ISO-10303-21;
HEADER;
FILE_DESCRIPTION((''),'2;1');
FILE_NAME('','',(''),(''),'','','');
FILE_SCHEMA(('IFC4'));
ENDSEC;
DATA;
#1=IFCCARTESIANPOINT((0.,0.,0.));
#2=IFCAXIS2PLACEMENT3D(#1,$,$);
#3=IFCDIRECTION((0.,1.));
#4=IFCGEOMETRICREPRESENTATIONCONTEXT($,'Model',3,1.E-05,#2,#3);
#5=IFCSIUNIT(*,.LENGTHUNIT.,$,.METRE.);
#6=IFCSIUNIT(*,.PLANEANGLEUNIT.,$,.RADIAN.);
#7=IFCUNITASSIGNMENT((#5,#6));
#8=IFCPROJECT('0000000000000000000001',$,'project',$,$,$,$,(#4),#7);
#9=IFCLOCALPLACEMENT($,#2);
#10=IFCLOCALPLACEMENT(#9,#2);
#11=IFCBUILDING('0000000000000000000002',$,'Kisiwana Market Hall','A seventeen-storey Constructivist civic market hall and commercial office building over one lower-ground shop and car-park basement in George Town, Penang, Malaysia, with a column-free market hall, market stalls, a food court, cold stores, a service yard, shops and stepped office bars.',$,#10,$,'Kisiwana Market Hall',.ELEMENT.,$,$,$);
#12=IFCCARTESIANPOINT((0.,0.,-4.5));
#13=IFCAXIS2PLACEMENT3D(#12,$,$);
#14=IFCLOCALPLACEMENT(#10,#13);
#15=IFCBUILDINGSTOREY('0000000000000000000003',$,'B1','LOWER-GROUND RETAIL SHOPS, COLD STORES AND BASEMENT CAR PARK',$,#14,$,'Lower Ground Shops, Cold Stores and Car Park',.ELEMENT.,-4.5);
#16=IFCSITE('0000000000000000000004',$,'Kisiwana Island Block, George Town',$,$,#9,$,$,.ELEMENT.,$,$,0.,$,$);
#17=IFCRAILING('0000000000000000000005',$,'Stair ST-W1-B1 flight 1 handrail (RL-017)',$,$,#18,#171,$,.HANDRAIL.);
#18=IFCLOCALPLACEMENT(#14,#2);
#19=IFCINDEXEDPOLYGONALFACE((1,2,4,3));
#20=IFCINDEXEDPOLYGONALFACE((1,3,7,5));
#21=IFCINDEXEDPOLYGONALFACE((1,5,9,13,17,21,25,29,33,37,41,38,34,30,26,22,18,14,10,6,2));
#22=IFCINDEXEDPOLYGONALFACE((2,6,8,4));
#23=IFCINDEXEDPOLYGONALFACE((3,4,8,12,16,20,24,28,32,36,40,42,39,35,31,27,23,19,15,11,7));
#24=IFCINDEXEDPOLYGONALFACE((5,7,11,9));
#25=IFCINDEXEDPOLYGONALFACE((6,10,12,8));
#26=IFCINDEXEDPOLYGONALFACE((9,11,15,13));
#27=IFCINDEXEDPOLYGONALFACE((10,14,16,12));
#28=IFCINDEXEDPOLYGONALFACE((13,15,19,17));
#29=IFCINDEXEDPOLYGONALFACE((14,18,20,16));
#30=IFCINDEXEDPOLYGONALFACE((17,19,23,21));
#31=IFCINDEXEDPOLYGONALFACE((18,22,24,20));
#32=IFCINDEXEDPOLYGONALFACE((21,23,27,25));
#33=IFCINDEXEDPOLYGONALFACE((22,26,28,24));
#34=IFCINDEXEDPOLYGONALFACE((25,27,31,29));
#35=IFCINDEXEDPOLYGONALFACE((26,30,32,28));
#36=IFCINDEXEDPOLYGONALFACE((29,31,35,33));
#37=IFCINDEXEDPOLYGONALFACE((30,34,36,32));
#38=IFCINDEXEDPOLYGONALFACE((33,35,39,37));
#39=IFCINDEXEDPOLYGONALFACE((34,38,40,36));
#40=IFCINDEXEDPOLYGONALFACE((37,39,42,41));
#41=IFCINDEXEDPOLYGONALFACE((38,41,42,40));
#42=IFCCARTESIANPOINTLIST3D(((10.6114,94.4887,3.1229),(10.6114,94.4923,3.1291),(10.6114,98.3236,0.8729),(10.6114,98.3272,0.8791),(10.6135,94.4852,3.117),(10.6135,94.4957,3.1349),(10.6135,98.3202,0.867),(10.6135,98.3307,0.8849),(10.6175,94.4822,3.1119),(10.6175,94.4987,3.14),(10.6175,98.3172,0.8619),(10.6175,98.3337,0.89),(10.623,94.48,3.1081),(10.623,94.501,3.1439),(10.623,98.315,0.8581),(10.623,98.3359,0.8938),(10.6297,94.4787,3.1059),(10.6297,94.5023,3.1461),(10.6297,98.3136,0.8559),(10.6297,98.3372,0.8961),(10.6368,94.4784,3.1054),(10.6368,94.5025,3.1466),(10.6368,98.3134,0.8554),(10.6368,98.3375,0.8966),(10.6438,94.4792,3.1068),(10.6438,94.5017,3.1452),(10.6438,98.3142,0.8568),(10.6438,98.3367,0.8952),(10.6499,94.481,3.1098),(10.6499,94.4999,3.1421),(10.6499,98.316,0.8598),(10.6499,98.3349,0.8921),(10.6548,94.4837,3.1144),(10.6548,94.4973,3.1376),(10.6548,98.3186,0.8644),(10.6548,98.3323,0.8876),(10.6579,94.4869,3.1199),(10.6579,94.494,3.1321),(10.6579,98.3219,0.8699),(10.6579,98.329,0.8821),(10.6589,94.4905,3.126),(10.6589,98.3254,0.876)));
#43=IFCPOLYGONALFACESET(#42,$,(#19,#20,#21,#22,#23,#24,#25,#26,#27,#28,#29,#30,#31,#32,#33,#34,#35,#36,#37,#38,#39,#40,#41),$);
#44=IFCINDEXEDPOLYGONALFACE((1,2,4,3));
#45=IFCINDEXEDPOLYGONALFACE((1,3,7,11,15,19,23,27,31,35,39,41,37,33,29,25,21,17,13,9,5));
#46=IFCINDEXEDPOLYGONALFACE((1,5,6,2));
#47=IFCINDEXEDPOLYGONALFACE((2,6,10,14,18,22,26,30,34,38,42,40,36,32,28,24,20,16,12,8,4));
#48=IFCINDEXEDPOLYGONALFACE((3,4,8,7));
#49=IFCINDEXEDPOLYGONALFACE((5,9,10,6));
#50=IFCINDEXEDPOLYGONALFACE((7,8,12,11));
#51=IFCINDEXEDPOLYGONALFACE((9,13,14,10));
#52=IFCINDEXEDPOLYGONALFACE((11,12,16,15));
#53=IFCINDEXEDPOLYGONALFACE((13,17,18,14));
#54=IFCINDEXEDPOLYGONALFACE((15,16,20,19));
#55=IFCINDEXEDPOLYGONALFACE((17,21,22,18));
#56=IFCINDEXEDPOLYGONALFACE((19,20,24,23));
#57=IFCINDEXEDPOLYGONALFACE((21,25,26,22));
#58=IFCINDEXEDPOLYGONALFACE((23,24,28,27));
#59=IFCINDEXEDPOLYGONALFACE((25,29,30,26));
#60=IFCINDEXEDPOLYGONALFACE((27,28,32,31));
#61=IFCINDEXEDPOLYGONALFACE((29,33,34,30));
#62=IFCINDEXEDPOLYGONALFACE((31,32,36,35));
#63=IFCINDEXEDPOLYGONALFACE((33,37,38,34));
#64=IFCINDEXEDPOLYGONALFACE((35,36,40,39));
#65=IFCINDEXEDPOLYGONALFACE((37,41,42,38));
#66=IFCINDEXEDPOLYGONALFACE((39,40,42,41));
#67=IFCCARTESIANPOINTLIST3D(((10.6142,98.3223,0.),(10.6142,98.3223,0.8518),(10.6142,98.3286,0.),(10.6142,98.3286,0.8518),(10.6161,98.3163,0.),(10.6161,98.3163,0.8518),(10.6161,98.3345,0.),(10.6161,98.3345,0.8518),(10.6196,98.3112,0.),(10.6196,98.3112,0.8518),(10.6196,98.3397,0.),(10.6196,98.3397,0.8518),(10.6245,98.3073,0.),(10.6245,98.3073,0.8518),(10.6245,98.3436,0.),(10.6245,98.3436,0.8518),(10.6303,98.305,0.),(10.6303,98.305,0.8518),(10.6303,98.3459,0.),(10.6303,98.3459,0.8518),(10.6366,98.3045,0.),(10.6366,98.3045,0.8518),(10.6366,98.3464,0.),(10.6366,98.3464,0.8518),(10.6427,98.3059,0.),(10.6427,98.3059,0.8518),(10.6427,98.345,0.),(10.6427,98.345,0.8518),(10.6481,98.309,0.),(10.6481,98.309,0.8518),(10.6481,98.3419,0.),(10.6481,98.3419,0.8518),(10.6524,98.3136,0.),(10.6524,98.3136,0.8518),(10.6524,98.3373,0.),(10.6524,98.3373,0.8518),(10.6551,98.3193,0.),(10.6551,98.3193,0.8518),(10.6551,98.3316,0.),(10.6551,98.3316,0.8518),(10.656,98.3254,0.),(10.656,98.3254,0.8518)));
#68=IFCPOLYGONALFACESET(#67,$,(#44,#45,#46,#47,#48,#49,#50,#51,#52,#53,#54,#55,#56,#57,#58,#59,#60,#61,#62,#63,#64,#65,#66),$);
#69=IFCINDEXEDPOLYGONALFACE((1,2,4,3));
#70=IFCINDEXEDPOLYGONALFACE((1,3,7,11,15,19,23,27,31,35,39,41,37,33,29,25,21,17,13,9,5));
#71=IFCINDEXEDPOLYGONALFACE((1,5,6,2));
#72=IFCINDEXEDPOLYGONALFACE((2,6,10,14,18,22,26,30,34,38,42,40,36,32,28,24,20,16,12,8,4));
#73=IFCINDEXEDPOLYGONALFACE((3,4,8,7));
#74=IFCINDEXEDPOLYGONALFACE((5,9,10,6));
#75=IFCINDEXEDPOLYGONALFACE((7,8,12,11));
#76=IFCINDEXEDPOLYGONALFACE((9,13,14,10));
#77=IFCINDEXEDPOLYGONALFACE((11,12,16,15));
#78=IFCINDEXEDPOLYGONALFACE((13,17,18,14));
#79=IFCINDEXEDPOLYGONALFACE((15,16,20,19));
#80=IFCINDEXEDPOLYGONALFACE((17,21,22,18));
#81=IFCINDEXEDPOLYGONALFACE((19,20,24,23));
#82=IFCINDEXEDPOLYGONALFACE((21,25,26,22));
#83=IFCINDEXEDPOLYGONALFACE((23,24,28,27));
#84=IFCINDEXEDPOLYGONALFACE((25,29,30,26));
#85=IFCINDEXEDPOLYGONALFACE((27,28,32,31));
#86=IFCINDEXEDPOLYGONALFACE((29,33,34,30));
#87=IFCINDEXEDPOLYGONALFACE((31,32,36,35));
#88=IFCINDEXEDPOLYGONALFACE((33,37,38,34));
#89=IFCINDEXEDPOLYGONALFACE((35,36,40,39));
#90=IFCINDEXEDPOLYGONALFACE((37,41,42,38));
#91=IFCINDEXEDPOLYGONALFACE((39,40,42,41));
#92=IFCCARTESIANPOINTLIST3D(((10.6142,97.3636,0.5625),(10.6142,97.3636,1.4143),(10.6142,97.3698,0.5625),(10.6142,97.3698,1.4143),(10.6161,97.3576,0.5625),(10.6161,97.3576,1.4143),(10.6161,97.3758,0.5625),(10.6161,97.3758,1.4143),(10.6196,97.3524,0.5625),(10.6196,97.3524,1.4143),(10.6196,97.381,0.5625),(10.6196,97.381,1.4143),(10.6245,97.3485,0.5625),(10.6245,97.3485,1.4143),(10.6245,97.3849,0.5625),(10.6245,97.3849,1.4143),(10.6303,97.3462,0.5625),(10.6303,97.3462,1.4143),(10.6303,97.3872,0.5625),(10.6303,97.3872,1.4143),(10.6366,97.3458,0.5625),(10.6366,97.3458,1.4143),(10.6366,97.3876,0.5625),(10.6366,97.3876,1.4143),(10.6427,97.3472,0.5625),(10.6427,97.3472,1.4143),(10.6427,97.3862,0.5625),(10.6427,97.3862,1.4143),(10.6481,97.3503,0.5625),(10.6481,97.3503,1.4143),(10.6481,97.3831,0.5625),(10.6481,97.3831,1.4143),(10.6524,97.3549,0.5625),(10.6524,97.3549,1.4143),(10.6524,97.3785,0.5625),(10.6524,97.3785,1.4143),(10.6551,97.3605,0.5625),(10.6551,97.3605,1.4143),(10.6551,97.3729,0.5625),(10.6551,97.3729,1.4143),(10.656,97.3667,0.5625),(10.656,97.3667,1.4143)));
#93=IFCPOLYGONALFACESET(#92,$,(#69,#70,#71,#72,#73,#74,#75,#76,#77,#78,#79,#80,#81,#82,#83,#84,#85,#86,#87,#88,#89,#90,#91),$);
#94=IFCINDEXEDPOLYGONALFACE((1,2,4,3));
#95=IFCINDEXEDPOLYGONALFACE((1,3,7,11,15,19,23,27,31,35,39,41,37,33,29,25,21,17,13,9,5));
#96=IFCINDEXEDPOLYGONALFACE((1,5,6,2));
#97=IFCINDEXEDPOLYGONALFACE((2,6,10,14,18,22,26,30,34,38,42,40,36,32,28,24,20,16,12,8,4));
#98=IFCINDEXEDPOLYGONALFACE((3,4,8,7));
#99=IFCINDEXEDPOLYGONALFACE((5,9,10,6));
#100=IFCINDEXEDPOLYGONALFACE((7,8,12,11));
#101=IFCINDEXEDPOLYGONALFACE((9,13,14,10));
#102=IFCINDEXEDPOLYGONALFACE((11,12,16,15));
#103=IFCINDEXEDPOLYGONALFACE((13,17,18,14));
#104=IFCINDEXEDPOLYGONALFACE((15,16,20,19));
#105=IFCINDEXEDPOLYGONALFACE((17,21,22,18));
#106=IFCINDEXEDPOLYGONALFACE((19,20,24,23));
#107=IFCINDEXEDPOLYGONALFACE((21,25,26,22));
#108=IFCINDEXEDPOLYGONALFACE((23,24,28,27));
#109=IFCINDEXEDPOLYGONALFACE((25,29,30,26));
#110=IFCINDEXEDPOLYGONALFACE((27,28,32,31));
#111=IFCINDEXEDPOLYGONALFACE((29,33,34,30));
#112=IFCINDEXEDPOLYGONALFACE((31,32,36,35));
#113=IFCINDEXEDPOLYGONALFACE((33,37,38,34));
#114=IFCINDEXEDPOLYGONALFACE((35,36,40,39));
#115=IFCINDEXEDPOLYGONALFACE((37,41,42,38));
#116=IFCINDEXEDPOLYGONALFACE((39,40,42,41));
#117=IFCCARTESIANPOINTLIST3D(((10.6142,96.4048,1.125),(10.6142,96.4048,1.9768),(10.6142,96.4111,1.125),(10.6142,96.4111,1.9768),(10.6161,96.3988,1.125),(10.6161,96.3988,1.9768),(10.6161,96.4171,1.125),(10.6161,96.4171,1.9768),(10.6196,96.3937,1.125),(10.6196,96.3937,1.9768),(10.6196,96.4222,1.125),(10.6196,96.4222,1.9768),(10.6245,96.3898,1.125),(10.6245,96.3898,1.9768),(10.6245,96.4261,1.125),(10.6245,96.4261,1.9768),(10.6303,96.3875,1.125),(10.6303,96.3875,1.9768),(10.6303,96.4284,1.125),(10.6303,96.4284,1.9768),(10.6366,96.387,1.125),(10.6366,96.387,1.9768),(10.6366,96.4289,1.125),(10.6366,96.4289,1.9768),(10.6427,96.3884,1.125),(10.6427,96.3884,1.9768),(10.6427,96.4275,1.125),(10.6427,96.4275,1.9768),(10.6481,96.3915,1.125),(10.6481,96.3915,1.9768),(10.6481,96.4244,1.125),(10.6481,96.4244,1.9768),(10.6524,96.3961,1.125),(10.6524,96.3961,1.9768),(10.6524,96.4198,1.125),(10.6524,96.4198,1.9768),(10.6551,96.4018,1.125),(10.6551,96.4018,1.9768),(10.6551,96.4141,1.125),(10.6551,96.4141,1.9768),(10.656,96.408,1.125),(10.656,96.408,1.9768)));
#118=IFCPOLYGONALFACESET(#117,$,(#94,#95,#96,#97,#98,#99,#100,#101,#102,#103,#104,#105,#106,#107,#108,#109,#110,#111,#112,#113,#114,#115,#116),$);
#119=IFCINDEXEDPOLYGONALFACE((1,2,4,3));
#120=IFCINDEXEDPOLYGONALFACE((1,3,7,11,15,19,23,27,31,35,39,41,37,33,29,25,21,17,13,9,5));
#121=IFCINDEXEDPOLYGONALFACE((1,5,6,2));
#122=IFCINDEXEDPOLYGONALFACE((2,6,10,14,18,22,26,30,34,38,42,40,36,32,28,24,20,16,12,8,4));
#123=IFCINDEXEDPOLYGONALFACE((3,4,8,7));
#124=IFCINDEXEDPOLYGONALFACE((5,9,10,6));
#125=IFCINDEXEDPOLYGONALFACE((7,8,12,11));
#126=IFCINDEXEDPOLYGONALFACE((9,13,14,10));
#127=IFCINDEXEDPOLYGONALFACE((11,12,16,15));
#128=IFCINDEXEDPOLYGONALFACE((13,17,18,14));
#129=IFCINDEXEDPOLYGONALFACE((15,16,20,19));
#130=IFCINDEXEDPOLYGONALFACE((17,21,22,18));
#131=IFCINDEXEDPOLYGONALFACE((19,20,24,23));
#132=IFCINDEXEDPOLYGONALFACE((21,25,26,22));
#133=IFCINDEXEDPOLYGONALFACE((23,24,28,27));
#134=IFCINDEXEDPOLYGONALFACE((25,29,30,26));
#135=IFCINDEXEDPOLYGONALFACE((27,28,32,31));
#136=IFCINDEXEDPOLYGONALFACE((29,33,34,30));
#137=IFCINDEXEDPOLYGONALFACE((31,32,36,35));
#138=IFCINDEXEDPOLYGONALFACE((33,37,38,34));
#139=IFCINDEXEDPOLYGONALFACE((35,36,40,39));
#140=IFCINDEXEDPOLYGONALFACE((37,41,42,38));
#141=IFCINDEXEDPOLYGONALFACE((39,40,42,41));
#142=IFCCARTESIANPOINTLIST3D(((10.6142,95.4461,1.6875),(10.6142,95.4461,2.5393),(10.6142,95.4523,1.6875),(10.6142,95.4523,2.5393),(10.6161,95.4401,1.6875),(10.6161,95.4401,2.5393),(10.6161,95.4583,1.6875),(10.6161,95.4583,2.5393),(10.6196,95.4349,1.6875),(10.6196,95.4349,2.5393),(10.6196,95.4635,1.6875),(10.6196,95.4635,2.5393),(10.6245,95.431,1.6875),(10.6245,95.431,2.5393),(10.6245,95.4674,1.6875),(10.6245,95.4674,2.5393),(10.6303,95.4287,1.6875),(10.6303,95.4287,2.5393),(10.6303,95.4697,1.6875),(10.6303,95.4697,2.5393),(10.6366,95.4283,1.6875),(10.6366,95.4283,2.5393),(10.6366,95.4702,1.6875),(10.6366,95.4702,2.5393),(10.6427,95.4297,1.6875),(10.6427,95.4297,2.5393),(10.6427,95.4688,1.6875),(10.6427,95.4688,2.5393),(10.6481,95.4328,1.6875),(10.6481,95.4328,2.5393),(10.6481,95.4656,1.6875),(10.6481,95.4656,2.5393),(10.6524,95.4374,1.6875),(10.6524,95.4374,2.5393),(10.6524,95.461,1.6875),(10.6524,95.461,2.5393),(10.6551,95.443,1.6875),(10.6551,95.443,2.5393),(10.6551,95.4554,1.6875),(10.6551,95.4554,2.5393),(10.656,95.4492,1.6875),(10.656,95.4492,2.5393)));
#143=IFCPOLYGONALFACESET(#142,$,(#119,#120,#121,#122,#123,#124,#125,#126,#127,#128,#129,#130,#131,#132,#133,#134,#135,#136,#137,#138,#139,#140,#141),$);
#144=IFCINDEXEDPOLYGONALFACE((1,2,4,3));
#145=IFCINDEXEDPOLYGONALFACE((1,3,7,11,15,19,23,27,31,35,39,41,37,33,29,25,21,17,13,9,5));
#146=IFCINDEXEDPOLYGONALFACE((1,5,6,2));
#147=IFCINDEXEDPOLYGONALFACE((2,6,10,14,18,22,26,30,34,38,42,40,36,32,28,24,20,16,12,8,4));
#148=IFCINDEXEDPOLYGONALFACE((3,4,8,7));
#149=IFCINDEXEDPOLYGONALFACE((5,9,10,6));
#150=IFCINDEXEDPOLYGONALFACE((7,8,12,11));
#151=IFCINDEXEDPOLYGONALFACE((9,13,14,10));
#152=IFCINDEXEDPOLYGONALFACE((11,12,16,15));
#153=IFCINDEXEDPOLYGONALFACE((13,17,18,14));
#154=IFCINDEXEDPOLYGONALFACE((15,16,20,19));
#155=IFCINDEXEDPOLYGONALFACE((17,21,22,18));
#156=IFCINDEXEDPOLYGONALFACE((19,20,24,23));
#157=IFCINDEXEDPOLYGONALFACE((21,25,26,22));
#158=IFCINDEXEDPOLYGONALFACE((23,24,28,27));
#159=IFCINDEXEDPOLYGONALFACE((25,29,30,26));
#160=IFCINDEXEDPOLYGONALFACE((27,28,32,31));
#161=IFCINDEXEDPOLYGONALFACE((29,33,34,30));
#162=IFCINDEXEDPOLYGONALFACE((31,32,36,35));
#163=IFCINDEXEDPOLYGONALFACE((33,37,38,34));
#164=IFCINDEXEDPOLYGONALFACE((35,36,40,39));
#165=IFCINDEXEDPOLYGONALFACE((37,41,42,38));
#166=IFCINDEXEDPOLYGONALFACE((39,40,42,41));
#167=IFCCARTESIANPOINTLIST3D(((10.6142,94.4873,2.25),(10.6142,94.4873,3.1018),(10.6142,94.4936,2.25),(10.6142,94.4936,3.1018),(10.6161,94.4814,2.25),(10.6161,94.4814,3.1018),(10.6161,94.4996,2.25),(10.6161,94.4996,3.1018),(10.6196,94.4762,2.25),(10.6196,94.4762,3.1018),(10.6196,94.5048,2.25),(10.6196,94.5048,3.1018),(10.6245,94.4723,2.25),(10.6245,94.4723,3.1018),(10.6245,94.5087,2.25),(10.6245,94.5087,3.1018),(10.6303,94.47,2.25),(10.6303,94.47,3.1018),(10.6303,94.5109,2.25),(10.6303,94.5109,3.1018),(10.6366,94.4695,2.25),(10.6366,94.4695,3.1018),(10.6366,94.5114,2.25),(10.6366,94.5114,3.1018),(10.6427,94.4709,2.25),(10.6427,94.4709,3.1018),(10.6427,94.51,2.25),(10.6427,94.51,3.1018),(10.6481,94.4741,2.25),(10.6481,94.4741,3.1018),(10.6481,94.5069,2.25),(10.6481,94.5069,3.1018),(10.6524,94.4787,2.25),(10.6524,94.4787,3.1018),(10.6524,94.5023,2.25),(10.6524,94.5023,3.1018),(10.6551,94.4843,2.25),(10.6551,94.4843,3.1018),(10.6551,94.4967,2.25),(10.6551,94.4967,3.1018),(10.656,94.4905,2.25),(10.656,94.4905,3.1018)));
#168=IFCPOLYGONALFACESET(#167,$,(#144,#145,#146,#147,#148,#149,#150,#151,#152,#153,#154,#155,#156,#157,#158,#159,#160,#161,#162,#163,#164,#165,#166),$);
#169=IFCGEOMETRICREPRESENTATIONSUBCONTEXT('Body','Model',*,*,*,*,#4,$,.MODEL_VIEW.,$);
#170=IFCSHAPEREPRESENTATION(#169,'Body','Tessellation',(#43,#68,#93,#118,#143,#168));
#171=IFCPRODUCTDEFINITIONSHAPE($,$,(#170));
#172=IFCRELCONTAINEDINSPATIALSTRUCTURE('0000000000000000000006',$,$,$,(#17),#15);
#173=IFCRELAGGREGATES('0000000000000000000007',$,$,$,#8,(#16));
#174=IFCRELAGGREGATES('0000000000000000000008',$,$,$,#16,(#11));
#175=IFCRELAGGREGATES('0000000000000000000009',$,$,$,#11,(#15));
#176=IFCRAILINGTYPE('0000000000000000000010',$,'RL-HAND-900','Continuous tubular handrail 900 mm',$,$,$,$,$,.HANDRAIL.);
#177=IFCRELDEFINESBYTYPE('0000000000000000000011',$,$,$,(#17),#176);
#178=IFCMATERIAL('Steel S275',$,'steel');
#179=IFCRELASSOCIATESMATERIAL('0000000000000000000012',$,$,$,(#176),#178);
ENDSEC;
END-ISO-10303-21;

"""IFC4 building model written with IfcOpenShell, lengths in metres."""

from ifc_helpers import new_model, si_unit, direction, frame, origin, origin_2d, place, context, subcontext, project, spatial, circle, extrude, material, type_object, element, save


model = new_model("IFC4")

# Units and contexts
model_context = context("Model", 3, precision=1e-05, world=origin(), true_north=direction((0.0, 1.0)))
body_context = subcontext(model_context, "Body", "Model", "MODEL_VIEW")
ifc_project = project(units=[si_unit("LENGTHUNIT", "METRE"), si_unit("PLANEANGLEUNIT", "RADIAN")], contexts=[model_context])

# Site, building, storey
site_placement = place(None, origin())
site = spatial("IfcSite", under=ifc_project, at=site_placement, Name="Kisiwana Island Block, George Town", CompositionType="ELEMENT", RefElevation=0.0)
building_placement = place(site_placement, origin())
building = spatial("IfcBuilding", under=site, at=building_placement, Name="Kisiwana Market Hall", Description="A seventeen-storey Constructivist civic market hall and commercial office building over one lower-ground shop and car-park basement in George Town, Penang, Malaysia, with a column-free market hall, market stalls, a food court, cold stores, a service yard, shops and stepped office bars.", LongName="Kisiwana Market Hall", CompositionType="ELEMENT")
storey_placement = place(building_placement, frame((0.0, 0.0, -4.5)))
storey = spatial("IfcBuildingStorey", under=building, at=storey_placement, Name="B1", Description="LOWER-GROUND RETAIL SHOPS, COLD STORES AND BASEMENT CAR PARK", LongName="Lower Ground Shops, Cold Stores and Car Park", CompositionType="ELEMENT", Elevation=-4.5)

# Railing
ifc_material_1 = material(Name="Steel S275", Category="steel")
railing_type_1 = type_object("IfcRailingType", Name="RL-HAND-900", Description="Continuous tubular handrail 900 mm", PredefinedType="HANDRAIL", material=ifc_material_1)
railing_1_placement = place(storey_placement, frame((10.635, 98.3254, 0.0)))
element("IfcRailing", 1, at=railing_1_placement, inside=storey, type_object=railing_type_1, Name="Stair ST-W1-B1 flight 1 handrail (RL-017)", PredefinedType="HANDRAIL", context=body_context, shape_type="SweptSolid", body=[
    extrude(circle(Radius=0.0239, at=origin_2d()), frame((0.0, 0.0, 0.876), z_axis=(0.0, -0.86251, 0.506041), x_axis=(1.0, 0.0, 0.0)), (0.0, 0.0, 1.0), 4.4463),
    extrude(circle(Radius=0.021, at=origin_2d()), origin(), (0.0, 0.0, 1.0), 0.8518),
    extrude(circle(Radius=0.021, at=origin_2d()), frame((0.0, -0.9587, 0.5625)), (0.0, 0.0, 1.0), 0.8518),
    extrude(circle(Radius=0.021, at=origin_2d()), frame((0.0, -1.9175, 1.125)), (0.0, 0.0, 1.0), 0.8518),
    extrude(circle(Radius=0.021, at=origin_2d()), frame((0.0, -2.8762, 1.6875)), (0.0, 0.0, 1.0), 0.8518),
    extrude(circle(Radius=0.021, at=origin_2d()), frame((0.0, -3.835, 2.25)), (0.0, 0.0, 1.0), 0.8518),
])

save(model, "model.ifc")
